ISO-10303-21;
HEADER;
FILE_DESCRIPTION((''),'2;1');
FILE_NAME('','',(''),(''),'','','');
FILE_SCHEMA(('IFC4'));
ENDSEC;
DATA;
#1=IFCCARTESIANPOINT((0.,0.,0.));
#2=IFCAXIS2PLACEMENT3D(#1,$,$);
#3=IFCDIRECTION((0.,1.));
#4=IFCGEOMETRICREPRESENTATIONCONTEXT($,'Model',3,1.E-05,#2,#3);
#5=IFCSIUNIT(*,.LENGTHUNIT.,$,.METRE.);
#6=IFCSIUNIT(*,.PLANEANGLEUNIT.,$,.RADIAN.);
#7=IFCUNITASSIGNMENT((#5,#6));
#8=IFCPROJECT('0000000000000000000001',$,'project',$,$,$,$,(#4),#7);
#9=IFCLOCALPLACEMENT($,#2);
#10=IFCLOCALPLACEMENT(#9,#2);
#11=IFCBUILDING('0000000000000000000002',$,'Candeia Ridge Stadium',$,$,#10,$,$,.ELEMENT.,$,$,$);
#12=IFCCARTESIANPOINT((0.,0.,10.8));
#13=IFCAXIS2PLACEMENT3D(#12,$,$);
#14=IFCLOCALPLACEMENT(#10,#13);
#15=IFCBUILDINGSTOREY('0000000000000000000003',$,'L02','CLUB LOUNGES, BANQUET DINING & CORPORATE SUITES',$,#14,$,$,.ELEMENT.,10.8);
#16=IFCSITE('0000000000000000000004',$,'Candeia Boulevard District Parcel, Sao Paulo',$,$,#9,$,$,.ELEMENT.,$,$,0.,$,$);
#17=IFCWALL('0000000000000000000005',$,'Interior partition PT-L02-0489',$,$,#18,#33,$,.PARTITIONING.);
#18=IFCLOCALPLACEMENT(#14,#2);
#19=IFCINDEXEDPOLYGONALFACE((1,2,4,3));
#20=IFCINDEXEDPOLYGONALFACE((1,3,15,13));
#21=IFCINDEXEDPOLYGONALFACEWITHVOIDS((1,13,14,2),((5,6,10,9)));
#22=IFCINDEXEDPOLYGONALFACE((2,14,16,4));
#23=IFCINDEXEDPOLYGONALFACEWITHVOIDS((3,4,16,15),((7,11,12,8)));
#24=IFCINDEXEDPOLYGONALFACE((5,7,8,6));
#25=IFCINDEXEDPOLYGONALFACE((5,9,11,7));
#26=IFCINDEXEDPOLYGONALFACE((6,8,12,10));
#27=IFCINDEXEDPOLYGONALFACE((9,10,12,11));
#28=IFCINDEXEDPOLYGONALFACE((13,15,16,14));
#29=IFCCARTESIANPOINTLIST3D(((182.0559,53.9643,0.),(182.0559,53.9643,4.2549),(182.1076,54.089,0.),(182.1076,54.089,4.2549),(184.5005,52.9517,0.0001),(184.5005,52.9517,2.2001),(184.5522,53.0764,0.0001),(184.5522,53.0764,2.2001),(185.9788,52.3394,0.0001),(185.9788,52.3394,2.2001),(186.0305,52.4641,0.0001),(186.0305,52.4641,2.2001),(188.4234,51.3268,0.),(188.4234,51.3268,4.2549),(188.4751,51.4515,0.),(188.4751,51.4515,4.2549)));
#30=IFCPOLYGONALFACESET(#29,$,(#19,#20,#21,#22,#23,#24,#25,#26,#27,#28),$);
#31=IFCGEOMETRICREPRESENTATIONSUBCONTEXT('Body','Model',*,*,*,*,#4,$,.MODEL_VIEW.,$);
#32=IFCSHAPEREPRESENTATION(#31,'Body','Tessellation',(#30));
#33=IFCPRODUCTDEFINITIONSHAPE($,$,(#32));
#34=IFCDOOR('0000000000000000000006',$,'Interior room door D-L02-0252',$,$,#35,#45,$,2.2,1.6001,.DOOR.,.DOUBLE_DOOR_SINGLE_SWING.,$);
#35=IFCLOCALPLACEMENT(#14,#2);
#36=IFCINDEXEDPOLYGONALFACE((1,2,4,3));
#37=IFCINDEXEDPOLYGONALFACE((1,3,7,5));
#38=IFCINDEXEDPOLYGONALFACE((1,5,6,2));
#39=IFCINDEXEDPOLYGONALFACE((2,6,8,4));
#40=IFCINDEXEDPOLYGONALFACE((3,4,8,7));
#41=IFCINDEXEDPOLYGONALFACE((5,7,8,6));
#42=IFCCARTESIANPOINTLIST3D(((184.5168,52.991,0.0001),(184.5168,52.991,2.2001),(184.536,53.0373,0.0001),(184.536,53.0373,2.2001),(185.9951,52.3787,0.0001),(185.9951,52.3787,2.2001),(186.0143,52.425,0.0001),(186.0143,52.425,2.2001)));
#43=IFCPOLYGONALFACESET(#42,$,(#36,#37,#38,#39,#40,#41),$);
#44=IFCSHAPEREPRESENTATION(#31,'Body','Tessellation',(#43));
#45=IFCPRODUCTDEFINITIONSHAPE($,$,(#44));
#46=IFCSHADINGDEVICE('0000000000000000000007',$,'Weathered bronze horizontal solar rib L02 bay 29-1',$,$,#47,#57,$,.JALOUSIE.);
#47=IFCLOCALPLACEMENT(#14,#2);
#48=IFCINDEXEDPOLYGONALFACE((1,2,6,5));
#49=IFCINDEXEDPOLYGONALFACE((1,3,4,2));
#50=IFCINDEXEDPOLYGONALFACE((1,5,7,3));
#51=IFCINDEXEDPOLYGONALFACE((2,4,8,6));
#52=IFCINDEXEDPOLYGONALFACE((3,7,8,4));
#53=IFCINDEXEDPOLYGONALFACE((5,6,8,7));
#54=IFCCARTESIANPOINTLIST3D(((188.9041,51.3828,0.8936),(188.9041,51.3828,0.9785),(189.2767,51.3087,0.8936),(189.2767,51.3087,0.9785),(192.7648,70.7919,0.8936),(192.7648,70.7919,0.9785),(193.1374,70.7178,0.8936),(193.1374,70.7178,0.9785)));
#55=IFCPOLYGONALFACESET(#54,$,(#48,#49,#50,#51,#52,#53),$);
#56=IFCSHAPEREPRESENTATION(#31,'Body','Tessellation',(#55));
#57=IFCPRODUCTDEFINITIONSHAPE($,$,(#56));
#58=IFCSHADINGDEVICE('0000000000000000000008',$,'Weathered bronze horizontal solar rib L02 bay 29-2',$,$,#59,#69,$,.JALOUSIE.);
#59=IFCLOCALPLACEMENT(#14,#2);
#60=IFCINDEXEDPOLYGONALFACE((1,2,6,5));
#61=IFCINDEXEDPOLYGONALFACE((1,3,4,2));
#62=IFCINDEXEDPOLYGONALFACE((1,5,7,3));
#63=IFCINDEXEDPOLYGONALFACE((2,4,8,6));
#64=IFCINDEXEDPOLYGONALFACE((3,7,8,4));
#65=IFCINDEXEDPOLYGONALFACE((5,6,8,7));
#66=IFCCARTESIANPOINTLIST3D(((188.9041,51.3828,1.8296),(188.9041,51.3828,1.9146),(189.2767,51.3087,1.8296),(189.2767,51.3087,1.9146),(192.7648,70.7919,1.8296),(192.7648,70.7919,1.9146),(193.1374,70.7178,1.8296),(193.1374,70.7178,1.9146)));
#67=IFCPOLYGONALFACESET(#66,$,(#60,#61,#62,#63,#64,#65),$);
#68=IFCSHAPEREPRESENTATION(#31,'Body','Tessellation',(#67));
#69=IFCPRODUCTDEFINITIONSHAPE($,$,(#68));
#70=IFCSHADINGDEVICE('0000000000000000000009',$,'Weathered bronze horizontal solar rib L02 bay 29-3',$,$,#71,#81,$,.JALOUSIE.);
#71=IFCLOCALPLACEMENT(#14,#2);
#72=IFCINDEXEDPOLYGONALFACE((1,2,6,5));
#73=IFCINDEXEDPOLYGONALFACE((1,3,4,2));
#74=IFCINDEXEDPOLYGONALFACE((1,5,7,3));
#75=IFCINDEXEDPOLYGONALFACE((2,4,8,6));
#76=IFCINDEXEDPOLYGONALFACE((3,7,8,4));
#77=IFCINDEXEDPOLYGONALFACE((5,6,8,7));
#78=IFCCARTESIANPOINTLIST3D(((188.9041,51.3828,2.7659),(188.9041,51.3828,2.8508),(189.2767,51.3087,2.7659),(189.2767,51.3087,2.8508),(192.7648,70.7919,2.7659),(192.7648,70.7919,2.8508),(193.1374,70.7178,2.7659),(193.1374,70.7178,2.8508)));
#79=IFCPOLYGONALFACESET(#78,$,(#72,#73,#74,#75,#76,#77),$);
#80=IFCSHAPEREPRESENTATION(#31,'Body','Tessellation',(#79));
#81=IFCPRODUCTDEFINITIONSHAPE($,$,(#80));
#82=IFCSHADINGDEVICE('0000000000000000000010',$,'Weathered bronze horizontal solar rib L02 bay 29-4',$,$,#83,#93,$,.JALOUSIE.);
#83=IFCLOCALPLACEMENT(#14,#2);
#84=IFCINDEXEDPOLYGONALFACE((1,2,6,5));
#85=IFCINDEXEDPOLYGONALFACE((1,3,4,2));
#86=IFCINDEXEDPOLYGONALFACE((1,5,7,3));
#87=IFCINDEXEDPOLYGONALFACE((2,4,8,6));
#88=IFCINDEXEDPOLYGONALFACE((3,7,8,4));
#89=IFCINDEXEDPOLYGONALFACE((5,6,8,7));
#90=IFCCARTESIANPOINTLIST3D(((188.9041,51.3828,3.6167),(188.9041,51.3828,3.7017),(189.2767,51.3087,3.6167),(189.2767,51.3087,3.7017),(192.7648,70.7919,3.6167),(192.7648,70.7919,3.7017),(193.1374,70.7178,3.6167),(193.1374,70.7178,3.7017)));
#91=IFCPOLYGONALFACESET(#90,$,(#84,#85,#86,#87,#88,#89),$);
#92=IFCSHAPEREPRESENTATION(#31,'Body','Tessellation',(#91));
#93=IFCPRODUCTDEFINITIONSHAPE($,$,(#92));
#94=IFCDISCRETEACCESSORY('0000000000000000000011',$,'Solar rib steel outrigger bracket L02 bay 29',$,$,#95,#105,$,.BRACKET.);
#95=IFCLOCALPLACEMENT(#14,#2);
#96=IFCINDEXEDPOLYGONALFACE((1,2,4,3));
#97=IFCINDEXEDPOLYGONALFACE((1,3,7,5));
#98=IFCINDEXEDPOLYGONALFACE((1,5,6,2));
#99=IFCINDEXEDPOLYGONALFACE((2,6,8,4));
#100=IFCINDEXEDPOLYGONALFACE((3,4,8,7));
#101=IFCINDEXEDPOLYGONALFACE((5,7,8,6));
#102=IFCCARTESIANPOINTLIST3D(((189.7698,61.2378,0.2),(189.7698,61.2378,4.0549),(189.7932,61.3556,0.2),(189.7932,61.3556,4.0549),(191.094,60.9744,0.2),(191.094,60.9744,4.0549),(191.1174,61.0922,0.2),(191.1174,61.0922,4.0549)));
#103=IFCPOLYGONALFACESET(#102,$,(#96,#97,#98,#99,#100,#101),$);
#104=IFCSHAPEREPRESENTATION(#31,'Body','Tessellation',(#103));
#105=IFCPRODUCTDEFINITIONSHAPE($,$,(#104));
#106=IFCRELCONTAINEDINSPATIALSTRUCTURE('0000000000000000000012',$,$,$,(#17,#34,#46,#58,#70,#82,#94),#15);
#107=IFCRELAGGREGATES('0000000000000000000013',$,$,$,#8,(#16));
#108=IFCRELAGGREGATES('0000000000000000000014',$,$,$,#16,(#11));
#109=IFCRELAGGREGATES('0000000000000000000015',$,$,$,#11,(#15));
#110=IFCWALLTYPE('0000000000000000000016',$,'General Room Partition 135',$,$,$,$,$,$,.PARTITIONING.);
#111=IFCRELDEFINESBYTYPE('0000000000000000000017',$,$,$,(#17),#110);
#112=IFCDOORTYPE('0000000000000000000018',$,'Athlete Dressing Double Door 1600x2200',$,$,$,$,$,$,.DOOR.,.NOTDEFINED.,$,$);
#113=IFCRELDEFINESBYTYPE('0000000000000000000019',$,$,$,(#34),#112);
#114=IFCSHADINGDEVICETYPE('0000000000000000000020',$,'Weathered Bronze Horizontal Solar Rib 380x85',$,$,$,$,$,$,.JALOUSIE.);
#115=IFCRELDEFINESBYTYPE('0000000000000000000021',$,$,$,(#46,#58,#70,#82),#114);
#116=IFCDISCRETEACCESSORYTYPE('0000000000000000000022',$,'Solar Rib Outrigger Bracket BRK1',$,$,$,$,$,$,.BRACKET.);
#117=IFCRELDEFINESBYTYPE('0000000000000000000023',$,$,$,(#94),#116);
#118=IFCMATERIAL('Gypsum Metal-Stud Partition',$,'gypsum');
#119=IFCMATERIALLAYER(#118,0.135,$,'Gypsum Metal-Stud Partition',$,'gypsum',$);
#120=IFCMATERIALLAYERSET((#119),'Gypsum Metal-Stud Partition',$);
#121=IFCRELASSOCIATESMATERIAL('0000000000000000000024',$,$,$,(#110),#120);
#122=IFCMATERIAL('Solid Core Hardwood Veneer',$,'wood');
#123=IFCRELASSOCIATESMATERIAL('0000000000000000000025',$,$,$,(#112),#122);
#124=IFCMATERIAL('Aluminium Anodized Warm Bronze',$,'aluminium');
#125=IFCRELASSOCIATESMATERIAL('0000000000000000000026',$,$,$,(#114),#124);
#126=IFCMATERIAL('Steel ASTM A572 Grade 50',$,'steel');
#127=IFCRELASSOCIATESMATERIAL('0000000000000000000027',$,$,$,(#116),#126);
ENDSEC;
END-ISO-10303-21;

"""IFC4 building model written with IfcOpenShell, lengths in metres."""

from ifc_helpers import new_model, si_unit, direction, frame, frame_2d, origin, origin_2d, place, context, subcontext, project, spatial, rectangle, extrude, material, layer, layer_set, type_object, element, fill, save


model = new_model("IFC4")

# Units and contexts
model_context = context("Model", 3, precision=1e-05, world=origin(), true_north=direction((0.0, 1.0)))
body_context = subcontext(model_context, "Body", "Model", "MODEL_VIEW")
ifc_project = project(units=[si_unit("LENGTHUNIT", "METRE"), si_unit("PLANEANGLEUNIT", "RADIAN")], contexts=[model_context])

# Site, building, storey
site_placement = place(None, origin())
site = spatial("IfcSite", under=ifc_project, at=site_placement, Name="Candeia Boulevard District Parcel, Sao Paulo", CompositionType="ELEMENT", RefElevation=0.0)
building_placement = place(site_placement, origin())
building = spatial("IfcBuilding", under=site, at=building_placement, Name="Candeia Ridge Stadium", CompositionType="ELEMENT")
storey_placement = place(building_placement, frame((0.0, 0.0, 10.8)))
storey = spatial("IfcBuildingStorey", under=building, at=storey_placement, Name="L02", Description="CLUB LOUNGES, BANQUET DINING & CORPORATE SUITES", CompositionType="ELEMENT", Elevation=10.8)

# Shared definitions
ifc_material_1 = material(Name="Aluminium Anodized Warm Bronze", Category="aluminium")

# Wall, opening, door
ifc_material_2 = material(Name="Gypsum Metal-Stud Partition", Category="gypsum")
ifc_layer_1 = layer(ifc_material_2, 0.135, Name="Gypsum Metal-Stud Partition", Category="gypsum")
ifc_layer_set_1 = layer_set([ifc_layer_1], Name="Gypsum Metal-Stud Partition")
wall_type = type_object("IfcWallType", Name="General Room Partition 135", PredefinedType="PARTITIONING", material=ifc_layer_set_1)
wall_placement = place(storey_placement, frame((188.4492, 51.3892, 0.0), z_axis=(0.0, 0.0, 1.0), x_axis=(-0.923881, 0.38268, 0.0)))
wall = element("IfcWall", 1, at=wall_placement, inside=storey, type_object=wall_type, Name="Interior partition PT-L02-0489", PredefinedType="PARTITIONING", context=body_context, shape_type="SweptSolid", body=[
    extrude(rectangle(XDim=6.8921, YDim=0.135, at=frame_2d((3.446, 0.0))), origin(), (0.0, 0.0, 1.0), 4.2549),
])
opening_placement = place(wall_placement, frame((2.646, 0.0, 0.0)))
opening = element("IfcOpeningElement", 2, at=opening_placement, cuts=wall, PredefinedType="OPENING", context=body_context, shape_type="SweptSolid", body=[
    extrude(rectangle(XDim=1.6001, YDim=2.2, at=frame_2d((0.8, 1.1001))), frame((0.0, 0.0774, 0.0), z_axis=(0.0, -1.0, 0.0), x_axis=(1.0, 0.0, 0.0)), (0.0, 0.0, 1.0), 0.155),
])
ifc_material_3 = material(Name="Solid Core Hardwood Veneer", Category="wood")
door_type = type_object("IfcDoorType", Name="Athlete Dressing Double Door 1600x2200", OperationType="NOTDEFINED", PredefinedType="DOOR", material=ifc_material_3)
door_placement = place(opening_placement, origin())
door = element("IfcDoor", 3, at=door_placement, inside=storey, type_object=door_type, Name="Interior room door D-L02-0252", OperationType="DOUBLE_DOOR_SINGLE_SWING", OverallHeight=2.2, OverallWidth=1.6001, PredefinedType="DOOR", context=body_context, shape_type="SweptSolid", body=[
    extrude(rectangle(XDim=1.6001, YDim=2.2, at=frame_2d((0.8, 1.1001))), frame((0.0, 0.0249, 0.0), z_axis=(0.0, -1.0, 0.0), x_axis=(1.0, 0.0, 0.0)), (0.0, 0.0, 1.0), 0.05),
])
fill(opening, door)

# Shading devices
shading_device_type = type_object("IfcShadingDeviceType", Name="Weathered Bronze Horizontal Solar Rib 380x85", PredefinedType="JALOUSIE", material=ifc_material_1)
for number, where, z_axis, x_axis, name in (
    (4, (191.0208, 61.0503, 0.8936), (0.0, 0.0, 1.0), (0.19509, 0.980785, 0.0), "Weathered bronze horizontal solar rib L02 bay 29-1"),
    (5, (191.0208, 61.0503, 1.8296), (0.0, 0.0, 1.0), (0.19509, 0.980785, 0.0), "Weathered bronze horizontal solar rib L02 bay 29-2"),
    (6, (191.0208, 61.0503, 2.7659), (0.0, 0.0, 1.0), (0.19509, 0.980785, 0.0), "Weathered bronze horizontal solar rib L02 bay 29-3"),
    (7, (191.0208, 61.0503, 3.6167), (0.0, 0.0, 1.0), (0.19509, 0.980785, 0.0), "Weathered bronze horizontal solar rib L02 bay 29-4"),
):
    element("IfcShadingDevice", number, at=place(storey_placement, frame(where, z_axis=z_axis, x_axis=x_axis)), inside=storey, type_object=shading_device_type, Name=name, PredefinedType="JALOUSIE", context=body_context, shape_type="SweptSolid", body=[
        extrude(rectangle(XDim=19.7893, YDim=0.3799, at=origin_2d()), origin(), (0.0, 0.0, 1.0), 0.085),
    ])

# Discrete accessory
ifc_material_4 = material(Name="Steel ASTM A572 Grade 50", Category="steel")
discrete_accessory_type = type_object("IfcDiscreteAccessoryType", Name="Solar Rib Outrigger Bracket BRK1", PredefinedType="BRACKET", material=ifc_material_4)
discrete_accessory_placement = place(storey_placement, frame((190.4436, 61.165, 0.2), z_axis=(0.0, 0.0, 1.0), x_axis=(0.980785, -0.19509, 0.0)))
element("IfcDiscreteAccessory", 8, at=discrete_accessory_placement, inside=storey, type_object=discrete_accessory_type, Name="Solar rib steel outrigger bracket L02 bay 29", PredefinedType="BRACKET", context=body_context, shape_type="SweptSolid", body=[
    extrude(rectangle(XDim=1.3501, YDim=0.1201, at=origin_2d()), origin(), (0.0, 0.0, 1.0), 3.855),
])

save(model, "model.ifc")
